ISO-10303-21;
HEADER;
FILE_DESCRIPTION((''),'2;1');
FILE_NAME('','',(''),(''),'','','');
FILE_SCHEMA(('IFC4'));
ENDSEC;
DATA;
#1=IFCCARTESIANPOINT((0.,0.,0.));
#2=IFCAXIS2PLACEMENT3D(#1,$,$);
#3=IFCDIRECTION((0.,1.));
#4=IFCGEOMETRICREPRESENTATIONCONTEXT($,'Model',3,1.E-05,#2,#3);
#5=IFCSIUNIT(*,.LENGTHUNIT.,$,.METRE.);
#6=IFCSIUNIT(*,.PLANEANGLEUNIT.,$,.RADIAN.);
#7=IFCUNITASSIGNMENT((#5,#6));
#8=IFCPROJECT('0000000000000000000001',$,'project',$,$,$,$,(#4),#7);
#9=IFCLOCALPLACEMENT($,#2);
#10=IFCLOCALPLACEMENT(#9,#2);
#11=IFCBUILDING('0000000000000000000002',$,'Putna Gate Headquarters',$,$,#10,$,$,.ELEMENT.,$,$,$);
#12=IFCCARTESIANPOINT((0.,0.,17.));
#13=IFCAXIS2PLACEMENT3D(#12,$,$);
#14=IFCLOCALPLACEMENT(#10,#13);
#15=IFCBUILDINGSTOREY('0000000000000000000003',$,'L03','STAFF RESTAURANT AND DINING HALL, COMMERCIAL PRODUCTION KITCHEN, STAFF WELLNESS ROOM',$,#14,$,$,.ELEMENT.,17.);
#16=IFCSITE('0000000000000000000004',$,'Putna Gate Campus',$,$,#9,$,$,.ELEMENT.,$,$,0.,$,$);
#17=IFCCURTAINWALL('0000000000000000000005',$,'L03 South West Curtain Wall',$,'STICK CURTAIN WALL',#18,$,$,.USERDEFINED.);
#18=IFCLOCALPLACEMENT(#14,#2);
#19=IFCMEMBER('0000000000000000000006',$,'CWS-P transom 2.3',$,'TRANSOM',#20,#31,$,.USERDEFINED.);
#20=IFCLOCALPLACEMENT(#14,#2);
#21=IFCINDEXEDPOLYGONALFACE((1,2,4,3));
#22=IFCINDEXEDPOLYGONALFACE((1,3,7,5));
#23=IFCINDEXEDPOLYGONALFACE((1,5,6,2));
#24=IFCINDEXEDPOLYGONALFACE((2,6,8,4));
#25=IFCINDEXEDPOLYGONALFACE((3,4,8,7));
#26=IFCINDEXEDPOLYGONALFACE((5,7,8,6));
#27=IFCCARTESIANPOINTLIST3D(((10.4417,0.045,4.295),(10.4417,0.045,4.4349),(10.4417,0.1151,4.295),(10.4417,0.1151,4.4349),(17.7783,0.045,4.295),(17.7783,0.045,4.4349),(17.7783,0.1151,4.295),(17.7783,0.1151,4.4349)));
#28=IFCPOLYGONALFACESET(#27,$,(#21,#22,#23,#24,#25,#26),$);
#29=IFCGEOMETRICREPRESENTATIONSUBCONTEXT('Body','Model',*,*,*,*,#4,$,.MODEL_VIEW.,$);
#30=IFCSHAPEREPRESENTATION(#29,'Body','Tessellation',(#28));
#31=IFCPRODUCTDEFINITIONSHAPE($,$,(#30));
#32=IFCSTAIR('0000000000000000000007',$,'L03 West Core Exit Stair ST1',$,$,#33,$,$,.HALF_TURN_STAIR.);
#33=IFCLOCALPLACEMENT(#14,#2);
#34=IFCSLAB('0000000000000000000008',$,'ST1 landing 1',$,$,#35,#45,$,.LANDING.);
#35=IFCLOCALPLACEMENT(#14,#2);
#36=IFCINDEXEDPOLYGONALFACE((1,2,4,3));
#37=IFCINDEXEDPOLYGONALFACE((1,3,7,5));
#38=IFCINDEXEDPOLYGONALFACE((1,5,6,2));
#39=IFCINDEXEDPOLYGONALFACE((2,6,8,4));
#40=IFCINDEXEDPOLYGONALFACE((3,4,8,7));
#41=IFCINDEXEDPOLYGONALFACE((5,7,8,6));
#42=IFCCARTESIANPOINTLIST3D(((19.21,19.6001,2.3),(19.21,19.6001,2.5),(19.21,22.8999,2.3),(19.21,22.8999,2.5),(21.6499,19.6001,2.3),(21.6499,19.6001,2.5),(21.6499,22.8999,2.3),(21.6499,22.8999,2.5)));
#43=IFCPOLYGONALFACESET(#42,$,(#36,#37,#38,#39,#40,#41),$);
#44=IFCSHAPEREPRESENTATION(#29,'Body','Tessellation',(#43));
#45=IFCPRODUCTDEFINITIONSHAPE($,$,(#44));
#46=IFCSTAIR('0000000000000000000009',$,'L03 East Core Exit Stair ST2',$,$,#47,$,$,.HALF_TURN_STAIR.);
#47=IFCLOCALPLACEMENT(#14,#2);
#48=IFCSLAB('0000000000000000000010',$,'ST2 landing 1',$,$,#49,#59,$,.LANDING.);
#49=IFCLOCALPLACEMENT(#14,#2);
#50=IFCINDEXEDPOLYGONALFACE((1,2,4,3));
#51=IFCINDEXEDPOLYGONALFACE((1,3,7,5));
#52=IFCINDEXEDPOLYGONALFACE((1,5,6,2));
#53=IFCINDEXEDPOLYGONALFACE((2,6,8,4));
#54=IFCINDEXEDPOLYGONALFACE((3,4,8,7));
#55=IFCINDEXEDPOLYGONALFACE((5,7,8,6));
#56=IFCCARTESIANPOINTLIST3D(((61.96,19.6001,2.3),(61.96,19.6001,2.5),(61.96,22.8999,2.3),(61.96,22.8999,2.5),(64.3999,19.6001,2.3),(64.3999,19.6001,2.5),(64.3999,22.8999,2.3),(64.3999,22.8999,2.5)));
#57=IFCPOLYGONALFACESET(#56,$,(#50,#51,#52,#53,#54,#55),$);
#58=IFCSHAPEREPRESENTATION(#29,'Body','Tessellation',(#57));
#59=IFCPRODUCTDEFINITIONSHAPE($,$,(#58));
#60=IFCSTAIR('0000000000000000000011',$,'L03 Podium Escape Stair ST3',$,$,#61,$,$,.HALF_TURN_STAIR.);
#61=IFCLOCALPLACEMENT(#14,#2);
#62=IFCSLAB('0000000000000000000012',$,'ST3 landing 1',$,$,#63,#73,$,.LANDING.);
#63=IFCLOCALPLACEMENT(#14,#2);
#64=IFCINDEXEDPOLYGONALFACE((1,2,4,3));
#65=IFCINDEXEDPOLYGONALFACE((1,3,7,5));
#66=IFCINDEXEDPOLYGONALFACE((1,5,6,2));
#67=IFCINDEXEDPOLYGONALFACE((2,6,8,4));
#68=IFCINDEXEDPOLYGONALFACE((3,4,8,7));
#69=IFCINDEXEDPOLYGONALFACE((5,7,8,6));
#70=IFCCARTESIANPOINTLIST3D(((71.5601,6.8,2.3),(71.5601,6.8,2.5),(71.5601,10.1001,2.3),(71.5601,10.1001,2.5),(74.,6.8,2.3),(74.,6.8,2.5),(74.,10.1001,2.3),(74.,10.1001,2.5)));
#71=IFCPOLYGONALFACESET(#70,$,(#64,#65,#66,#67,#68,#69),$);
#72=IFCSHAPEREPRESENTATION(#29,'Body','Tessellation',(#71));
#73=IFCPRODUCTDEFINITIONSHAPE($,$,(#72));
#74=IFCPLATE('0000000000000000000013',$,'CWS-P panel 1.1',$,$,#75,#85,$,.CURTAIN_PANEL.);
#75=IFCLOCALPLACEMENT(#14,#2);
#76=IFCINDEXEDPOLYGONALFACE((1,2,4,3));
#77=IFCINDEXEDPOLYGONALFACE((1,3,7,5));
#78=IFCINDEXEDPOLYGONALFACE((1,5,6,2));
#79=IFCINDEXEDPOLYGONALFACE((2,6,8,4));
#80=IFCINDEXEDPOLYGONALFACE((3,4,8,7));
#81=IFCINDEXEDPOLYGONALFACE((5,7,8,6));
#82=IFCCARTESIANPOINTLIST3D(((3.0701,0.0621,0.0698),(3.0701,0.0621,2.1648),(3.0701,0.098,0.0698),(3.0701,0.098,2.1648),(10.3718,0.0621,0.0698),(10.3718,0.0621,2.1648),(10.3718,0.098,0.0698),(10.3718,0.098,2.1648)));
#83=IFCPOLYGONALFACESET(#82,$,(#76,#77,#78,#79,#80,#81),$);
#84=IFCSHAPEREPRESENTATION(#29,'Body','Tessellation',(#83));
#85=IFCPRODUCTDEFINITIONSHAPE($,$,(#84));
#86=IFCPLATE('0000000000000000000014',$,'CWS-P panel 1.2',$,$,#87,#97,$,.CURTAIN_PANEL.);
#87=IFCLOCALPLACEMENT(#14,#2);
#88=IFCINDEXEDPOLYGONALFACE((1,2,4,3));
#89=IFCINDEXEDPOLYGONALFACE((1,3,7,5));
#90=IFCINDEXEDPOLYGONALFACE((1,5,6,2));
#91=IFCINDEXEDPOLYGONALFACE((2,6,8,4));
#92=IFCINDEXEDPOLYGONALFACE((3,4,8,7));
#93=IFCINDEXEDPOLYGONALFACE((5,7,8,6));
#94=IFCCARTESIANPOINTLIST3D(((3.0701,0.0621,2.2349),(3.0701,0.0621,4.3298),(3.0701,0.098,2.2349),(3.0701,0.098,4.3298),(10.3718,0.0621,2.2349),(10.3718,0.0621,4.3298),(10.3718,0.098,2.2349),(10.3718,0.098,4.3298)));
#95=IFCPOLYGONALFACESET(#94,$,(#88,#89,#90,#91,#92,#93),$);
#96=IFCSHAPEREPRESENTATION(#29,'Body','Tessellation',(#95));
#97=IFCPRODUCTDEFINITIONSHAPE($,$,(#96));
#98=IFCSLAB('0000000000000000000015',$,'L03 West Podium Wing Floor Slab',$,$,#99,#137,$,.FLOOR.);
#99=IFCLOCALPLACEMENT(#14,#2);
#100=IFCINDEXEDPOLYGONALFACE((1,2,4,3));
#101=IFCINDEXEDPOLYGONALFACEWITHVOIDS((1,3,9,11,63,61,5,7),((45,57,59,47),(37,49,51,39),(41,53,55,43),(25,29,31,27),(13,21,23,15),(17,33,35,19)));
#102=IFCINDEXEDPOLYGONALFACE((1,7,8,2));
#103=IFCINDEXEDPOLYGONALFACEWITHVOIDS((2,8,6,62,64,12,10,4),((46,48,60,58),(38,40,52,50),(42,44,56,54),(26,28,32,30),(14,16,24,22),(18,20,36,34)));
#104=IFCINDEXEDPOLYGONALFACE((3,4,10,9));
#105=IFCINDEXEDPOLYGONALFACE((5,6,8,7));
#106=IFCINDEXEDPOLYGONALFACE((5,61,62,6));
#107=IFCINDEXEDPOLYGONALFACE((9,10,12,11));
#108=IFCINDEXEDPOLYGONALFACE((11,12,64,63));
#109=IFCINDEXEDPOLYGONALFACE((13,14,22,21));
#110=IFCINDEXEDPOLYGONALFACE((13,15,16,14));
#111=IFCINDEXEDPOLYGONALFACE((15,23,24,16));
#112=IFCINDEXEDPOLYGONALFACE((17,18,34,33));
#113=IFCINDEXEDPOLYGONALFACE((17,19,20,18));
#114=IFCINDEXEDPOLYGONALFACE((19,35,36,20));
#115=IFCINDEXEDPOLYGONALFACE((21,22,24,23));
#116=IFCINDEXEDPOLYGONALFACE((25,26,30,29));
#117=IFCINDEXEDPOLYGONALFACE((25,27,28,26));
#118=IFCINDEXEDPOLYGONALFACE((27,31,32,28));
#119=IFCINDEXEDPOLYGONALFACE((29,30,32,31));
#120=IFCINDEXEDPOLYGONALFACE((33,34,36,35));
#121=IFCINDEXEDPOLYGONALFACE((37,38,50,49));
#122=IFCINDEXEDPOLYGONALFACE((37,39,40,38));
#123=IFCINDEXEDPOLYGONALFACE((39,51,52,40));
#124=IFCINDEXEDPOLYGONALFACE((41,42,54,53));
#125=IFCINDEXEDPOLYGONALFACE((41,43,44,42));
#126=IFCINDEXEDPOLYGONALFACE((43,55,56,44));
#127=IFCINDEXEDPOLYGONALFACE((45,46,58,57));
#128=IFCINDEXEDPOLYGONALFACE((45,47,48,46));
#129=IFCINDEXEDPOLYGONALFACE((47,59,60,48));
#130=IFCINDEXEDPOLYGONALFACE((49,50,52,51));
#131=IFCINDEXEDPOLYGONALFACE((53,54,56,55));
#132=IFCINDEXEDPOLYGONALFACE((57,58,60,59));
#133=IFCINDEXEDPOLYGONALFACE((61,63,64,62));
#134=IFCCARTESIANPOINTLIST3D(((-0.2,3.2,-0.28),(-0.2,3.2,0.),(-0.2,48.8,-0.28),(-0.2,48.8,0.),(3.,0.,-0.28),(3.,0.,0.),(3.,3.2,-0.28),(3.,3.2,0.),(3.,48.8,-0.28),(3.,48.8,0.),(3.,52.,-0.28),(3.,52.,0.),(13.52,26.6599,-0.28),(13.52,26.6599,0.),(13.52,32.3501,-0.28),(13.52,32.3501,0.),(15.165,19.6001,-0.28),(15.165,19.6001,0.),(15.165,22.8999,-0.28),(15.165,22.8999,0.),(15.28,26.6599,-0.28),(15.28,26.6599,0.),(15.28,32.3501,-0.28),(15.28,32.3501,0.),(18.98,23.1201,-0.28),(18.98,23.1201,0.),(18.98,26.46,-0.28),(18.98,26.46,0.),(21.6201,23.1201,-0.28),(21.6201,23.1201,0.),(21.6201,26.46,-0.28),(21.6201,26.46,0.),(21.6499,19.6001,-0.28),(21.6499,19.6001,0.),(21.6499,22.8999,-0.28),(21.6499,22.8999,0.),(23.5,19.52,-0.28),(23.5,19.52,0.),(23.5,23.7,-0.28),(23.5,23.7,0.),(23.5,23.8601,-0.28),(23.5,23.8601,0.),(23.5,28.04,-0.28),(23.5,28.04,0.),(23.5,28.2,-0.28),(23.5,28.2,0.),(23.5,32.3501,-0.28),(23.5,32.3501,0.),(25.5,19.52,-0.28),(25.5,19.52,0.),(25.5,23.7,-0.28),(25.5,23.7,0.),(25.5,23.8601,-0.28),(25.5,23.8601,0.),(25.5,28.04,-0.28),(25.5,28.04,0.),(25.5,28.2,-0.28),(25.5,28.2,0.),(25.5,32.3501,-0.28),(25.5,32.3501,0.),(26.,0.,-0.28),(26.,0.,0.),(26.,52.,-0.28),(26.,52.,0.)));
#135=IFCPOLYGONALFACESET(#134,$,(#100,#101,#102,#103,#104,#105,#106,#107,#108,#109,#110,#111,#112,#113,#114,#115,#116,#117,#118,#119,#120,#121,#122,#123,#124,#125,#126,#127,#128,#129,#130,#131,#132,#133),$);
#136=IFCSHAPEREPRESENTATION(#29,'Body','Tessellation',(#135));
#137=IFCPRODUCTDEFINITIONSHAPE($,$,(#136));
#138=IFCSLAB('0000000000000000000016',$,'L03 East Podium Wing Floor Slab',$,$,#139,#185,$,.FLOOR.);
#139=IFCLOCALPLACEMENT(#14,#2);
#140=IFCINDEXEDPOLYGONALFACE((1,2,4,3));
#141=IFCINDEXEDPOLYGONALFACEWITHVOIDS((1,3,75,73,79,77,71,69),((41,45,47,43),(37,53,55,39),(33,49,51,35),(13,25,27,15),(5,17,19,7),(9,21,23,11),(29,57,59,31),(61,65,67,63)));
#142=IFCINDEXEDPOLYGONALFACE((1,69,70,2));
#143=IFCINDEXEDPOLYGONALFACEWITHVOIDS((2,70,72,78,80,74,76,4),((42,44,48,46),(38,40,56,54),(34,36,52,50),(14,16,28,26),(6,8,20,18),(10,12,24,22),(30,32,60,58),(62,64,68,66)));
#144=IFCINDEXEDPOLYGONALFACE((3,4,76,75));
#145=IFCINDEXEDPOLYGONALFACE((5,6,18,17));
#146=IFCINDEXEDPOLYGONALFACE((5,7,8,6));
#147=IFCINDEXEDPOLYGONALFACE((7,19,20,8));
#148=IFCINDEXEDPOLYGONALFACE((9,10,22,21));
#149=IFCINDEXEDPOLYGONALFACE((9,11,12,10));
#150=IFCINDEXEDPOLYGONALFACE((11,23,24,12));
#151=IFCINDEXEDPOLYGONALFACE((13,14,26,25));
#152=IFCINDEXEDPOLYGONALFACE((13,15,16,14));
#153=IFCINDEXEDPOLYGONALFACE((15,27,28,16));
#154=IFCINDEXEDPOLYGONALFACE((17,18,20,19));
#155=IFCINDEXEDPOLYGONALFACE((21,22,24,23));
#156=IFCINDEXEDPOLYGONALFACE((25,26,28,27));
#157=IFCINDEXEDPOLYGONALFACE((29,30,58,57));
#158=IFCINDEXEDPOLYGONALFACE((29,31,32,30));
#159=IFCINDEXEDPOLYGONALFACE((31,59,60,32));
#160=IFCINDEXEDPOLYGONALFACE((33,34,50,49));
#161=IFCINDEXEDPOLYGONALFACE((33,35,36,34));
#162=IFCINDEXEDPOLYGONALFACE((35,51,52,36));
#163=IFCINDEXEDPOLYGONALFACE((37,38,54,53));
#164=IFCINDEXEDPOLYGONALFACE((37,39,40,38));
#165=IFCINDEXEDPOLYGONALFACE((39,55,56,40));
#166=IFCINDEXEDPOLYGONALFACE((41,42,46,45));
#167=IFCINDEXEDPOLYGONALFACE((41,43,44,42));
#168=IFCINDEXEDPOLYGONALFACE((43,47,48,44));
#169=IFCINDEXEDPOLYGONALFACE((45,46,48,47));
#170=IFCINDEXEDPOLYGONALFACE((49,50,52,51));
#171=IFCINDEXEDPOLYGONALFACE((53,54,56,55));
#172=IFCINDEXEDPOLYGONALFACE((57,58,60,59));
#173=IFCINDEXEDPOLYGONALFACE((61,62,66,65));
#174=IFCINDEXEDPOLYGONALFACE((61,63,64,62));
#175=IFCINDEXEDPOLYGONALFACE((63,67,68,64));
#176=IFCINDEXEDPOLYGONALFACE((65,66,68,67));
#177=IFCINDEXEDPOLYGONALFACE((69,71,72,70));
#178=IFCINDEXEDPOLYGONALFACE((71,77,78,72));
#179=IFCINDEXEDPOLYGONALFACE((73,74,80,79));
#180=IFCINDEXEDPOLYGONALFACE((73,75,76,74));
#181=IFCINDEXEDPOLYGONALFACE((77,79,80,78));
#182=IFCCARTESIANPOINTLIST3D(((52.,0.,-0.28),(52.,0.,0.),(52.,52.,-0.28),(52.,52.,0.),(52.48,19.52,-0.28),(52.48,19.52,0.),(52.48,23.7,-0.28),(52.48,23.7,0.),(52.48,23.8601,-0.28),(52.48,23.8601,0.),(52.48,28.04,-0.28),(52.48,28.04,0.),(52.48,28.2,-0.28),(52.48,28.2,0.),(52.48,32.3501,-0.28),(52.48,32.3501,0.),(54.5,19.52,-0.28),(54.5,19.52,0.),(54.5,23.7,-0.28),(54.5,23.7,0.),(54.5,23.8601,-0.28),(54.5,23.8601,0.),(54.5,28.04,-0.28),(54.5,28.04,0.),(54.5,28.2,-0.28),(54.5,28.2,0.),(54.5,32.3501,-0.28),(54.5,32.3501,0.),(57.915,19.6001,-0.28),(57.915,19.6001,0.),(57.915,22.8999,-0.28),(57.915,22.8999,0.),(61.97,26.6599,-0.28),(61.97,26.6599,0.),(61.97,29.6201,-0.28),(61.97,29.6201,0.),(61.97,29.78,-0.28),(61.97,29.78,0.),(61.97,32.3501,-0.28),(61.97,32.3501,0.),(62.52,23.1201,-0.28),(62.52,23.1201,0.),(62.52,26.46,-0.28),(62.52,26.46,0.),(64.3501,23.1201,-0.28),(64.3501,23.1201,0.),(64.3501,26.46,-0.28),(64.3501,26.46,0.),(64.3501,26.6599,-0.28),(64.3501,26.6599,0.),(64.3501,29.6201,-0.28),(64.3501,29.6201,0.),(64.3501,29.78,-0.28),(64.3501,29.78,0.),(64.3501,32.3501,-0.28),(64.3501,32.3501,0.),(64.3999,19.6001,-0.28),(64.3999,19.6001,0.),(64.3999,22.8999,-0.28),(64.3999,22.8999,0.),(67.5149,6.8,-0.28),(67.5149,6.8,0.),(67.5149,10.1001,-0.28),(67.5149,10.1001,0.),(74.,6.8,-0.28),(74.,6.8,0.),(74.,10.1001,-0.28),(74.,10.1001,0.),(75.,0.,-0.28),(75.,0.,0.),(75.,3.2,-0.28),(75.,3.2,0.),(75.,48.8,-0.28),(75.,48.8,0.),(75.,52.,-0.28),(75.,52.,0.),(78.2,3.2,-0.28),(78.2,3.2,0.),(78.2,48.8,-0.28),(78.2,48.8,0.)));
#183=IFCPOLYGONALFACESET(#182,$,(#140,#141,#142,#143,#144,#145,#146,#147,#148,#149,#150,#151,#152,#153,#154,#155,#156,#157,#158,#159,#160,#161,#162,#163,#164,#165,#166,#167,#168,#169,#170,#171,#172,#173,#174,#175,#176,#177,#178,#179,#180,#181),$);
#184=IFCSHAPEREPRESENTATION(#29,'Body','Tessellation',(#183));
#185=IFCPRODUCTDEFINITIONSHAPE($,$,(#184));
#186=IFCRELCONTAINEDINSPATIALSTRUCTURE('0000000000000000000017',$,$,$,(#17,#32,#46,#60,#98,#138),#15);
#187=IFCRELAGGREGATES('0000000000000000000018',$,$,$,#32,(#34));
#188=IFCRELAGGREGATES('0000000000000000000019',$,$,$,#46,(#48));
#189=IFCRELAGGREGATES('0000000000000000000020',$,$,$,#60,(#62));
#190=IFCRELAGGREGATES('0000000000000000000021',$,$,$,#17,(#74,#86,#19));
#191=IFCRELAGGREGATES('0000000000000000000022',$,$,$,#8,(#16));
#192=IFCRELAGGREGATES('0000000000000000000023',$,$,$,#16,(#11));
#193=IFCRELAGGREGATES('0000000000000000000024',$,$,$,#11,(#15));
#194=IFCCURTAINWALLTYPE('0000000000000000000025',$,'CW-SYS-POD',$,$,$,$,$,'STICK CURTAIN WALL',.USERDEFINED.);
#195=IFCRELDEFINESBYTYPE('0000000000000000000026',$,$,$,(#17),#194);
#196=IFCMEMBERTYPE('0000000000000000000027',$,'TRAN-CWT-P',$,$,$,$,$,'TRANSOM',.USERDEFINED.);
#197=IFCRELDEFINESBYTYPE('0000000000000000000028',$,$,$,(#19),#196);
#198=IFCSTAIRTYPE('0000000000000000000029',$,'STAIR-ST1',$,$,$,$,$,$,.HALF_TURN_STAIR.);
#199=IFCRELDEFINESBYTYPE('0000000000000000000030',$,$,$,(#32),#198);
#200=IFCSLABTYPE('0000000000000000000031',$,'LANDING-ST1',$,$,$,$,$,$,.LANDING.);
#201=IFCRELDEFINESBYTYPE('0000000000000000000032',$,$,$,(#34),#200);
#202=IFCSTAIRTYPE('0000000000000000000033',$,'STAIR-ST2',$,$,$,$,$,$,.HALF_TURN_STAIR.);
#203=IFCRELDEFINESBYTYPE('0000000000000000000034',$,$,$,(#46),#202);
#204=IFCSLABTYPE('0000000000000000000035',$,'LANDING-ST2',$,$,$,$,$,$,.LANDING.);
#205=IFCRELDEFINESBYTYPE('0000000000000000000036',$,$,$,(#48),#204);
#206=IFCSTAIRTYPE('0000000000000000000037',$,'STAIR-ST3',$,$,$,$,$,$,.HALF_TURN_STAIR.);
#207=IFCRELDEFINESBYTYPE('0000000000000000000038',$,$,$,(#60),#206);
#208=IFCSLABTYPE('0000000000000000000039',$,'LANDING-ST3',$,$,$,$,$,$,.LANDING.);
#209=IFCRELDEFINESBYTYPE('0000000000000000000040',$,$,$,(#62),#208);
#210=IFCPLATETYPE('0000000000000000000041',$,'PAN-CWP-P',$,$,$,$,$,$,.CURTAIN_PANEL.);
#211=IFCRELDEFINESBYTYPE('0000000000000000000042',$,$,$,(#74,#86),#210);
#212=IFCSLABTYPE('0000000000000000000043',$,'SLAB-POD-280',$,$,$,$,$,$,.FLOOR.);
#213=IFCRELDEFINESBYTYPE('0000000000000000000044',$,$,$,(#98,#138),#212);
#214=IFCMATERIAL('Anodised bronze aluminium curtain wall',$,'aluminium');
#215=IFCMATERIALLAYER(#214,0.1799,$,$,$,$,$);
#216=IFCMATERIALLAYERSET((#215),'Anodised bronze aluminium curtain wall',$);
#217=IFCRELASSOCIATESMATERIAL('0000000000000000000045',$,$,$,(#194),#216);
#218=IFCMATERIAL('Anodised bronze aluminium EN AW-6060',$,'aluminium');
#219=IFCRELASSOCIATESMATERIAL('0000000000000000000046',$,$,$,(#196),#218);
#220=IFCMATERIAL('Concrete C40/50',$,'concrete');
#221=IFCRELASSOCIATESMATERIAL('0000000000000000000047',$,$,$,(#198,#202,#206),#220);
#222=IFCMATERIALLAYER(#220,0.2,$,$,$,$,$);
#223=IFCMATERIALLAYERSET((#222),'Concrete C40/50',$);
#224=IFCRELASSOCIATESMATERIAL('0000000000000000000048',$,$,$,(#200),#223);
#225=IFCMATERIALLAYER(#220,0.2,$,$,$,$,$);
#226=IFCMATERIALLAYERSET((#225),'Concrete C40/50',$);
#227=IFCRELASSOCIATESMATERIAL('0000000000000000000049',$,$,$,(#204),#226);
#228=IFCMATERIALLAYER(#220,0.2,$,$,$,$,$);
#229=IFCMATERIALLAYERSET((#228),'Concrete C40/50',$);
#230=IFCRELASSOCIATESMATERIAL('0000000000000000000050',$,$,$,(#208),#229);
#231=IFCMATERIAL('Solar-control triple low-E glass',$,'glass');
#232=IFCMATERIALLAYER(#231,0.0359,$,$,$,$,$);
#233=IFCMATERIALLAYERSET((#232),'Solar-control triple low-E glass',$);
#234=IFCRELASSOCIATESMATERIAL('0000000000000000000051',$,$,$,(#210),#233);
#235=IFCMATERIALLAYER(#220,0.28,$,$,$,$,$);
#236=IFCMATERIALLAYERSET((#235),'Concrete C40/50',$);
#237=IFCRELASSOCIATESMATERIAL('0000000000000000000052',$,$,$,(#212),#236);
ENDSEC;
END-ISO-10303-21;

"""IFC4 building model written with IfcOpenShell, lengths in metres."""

from ifc_helpers import new_model, si_unit, direction, frame, origin, origin_2d, place, context, subcontext, project, spatial, polyline, rectangle, outline, extrude, material, layer, layer_set, material_profile, profile_set, type_object, element, aggregate, save


model = new_model("IFC4")

# Units and contexts
model_context = context("Model", 3, precision=1e-05, world=origin(), true_north=direction((0.0, 1.0)))
body_context = subcontext(model_context, "Body", "Model", "MODEL_VIEW")
ifc_project = project(units=[si_unit("LENGTHUNIT", "METRE"), si_unit("PLANEANGLEUNIT", "RADIAN")], contexts=[model_context])

# Site, building, storey
site_placement = place(None, origin())
site = spatial("IfcSite", under=ifc_project, at=site_placement, Name="Putna Gate Campus", CompositionType="ELEMENT", RefElevation=0.0)
building_placement = place(site_placement, origin())
building = spatial("IfcBuilding", under=site, at=building_placement, Name="Putna Gate Headquarters", CompositionType="ELEMENT")
storey_placement = place(building_placement, frame((0.0, 0.0, 17.0)))
storey = spatial("IfcBuildingStorey", under=building, at=storey_placement, Name="L03", Description="STAFF RESTAURANT AND DINING HALL, COMMERCIAL PRODUCTION KITCHEN, STAFF WELLNESS ROOM", CompositionType="ELEMENT", Elevation=17.0)

# Curtain wall, member
ifc_material_1 = material(Name="Anodised bronze aluminium curtain wall", Category="aluminium")
ifc_layer_1 = layer(ifc_material_1, 0.1799)
ifc_layer_set_1 = layer_set([ifc_layer_1], Name="Anodised bronze aluminium curtain wall")
curtain_wall_type = type_object("IfcCurtainWallType", Name="CW-SYS-POD", ElementType="STICK CURTAIN WALL", PredefinedType="USERDEFINED", material=ifc_layer_set_1)
curtain_wall_placement = place(storey_placement, origin())
curtain_wall = element("IfcCurtainWall", 1, at=curtain_wall_placement, inside=storey, type_object=curtain_wall_type, Name="L03 South West Curtain Wall", ObjectType="STICK CURTAIN WALL", PredefinedType="USERDEFINED")
ifc_material_2 = material(Name="Anodised bronze aluminium EN AW-6060", Category="aluminium")
ifc_material_profile_1 = material_profile(ifc_material_2, rectangle(XDim=0.0701, YDim=0.1399, at=origin_2d()), Name="Anodised bronze aluminium EN AW-6060")
ifc_profile_set_1 = profile_set([ifc_material_profile_1], Name="Anodised bronze aluminium EN AW-6060")
member_type_1 = type_object("IfcMemberType", Name="TRAN-CWT-P", ElementType="TRANSOM", PredefinedType="USERDEFINED", material=ifc_profile_set_1)
member_1_placement = place(storey_placement, frame((10.4417, 0.0801, 4.365), z_axis=(1.0, 0.0, 0.0), x_axis=(0.0, 1.0, 0.0)))
member_1 = element("IfcMember", 2, at=member_1_placement, type_object=member_type_1, Name="CWS-P transom 2.3", ObjectType="TRANSOM", PredefinedType="USERDEFINED", context=body_context, shape_type="SweptSolid", body=[
    extrude(rectangle(XDim=0.0701, YDim=0.1399, at=origin_2d()), origin(), (0.0, 0.0, 1.0), 7.3367),
])

# Stairs, slabs
ifc_material_3 = material(Name="Concrete C40/50", Category="concrete")
stair_type_1 = type_object("IfcStairType", Name="STAIR-ST1", PredefinedType="HALF_TURN_STAIR", material=ifc_material_3)
stair_1_placement = place(storey_placement, origin())
stair_1 = element("IfcStair", 3, at=stair_1_placement, inside=storey, type_object=stair_type_1, Name="L03 West Core Exit Stair ST1", PredefinedType="HALF_TURN_STAIR")
ifc_layer_2 = layer(ifc_material_3, 0.2)
ifc_layer_set_2 = layer_set([ifc_layer_2], Name="Concrete C40/50")
slab_type_1 = type_object("IfcSlabType", Name="LANDING-ST1", PredefinedType="LANDING", material=ifc_layer_set_2)
slab_1_placement = place(storey_placement, frame((0.0, 0.0, 2.3)))
slab_1 = element("IfcSlab", 4, at=slab_1_placement, type_object=slab_type_1, Name="ST1 landing 1", PredefinedType="LANDING", context=body_context, shape_type="SweptSolid", body=[
    extrude(outline(polyline([(19.21, 19.6001), (21.6499, 19.6001), (21.6499, 22.8999), (19.21, 22.8999), (19.21, 19.6001)])), origin(), (0.0, 0.0, 1.0), 0.2),
])
aggregate(stair_1, [slab_1])
stair_type_2 = type_object("IfcStairType", Name="STAIR-ST2", PredefinedType="HALF_TURN_STAIR", material=ifc_material_3)
stair_2_placement = place(storey_placement, origin())
stair_2 = element("IfcStair", 5, at=stair_2_placement, inside=storey, type_object=stair_type_2, Name="L03 East Core Exit Stair ST2", PredefinedType="HALF_TURN_STAIR")
ifc_layer_3 = layer(ifc_material_3, 0.2)
ifc_layer_set_3 = layer_set([ifc_layer_3], Name="Concrete C40/50")
slab_type_2 = type_object("IfcSlabType", Name="LANDING-ST2", PredefinedType="LANDING", material=ifc_layer_set_3)
slab_2_placement = place(storey_placement, frame((0.0, 0.0, 2.3)))
slab_2 = element("IfcSlab", 6, at=slab_2_placement, type_object=slab_type_2, Name="ST2 landing 1", PredefinedType="LANDING", context=body_context, shape_type="SweptSolid", body=[
    extrude(outline(polyline([(61.96, 19.6001), (64.3999, 19.6001), (64.3999, 22.8999), (61.96, 22.8999), (61.96, 19.6001)])), origin(), (0.0, 0.0, 1.0), 0.2),
])
aggregate(stair_2, [slab_2])
stair_type_3 = type_object("IfcStairType", Name="STAIR-ST3", PredefinedType="HALF_TURN_STAIR", material=ifc_material_3)
stair_3_placement = place(storey_placement, origin())
stair_3 = element("IfcStair", 7, at=stair_3_placement, inside=storey, type_object=stair_type_3, Name="L03 Podium Escape Stair ST3", PredefinedType="HALF_TURN_STAIR")
ifc_layer_4 = layer(ifc_material_3, 0.2)
ifc_layer_set_4 = layer_set([ifc_layer_4], Name="Concrete C40/50")
slab_type_3 = type_object("IfcSlabType", Name="LANDING-ST3", PredefinedType="LANDING", material=ifc_layer_set_4)
slab_3_placement = place(storey_placement, frame((0.0, 0.0, 2.3)))
slab_3 = element("IfcSlab", 8, at=slab_3_placement, type_object=slab_type_3, Name="ST3 landing 1", PredefinedType="LANDING", context=body_context, shape_type="SweptSolid", body=[
    extrude(outline(polyline([(71.5601, 6.8), (74.0, 6.8), (74.0, 10.1001), (71.5601, 10.1001), (71.5601, 6.8)])), origin(), (0.0, 0.0, 1.0), 0.2),
])
aggregate(stair_3, [slab_3])

# Plates
ifc_material_4 = material(Name="Solar-control triple low-E glass", Category="glass")
ifc_layer_5 = layer(ifc_material_4, 0.0359)
ifc_layer_set_5 = layer_set([ifc_layer_5], Name="Solar-control triple low-E glass")
plate_type = type_object("IfcPlateType", Name="PAN-CWP-P", PredefinedType="CURTAIN_PANEL", material=ifc_layer_set_5)
plate_1_placement = place(storey_placement, frame((6.7209, 0.0801, 0.0698), z_axis=(0.0, 0.0, 1.0), x_axis=(1.0, 0.0, 0.0)))
plate_1 = element("IfcPlate", 9, at=plate_1_placement, type_object=plate_type, Name="CWS-P panel 1.1", PredefinedType="CURTAIN_PANEL", context=body_context, shape_type="SweptSolid", body=[
    extrude(rectangle(XDim=7.3018, YDim=0.0359, at=origin_2d()), origin(), (0.0, 0.0, 1.0), 2.095),
])
plate_2_placement = place(storey_placement, frame((6.7209, 0.0801, 2.2349), z_axis=(0.0, 0.0, 1.0), x_axis=(1.0, 0.0, 0.0)))
plate_2 = element("IfcPlate", 10, at=plate_2_placement, type_object=plate_type, Name="CWS-P panel 1.2", PredefinedType="CURTAIN_PANEL", context=body_context, shape_type="SweptSolid", body=[
    extrude(rectangle(XDim=7.3018, YDim=0.0359, at=origin_2d()), origin(), (0.0, 0.0, 1.0), 2.095),
])
aggregate(curtain_wall, [plate_1, plate_2, member_1])

# Slabs
ifc_layer_6 = layer(ifc_material_3, 0.28)
ifc_layer_set_6 = layer_set([ifc_layer_6], Name="Concrete C40/50")
slab_type_4 = type_object("IfcSlabType", Name="SLAB-POD-280", PredefinedType="FLOOR", material=ifc_layer_set_6)
slab_4_placement = place(storey_placement, frame((0.0, 0.0, -0.28)))
element("IfcSlab", 11, at=slab_4_placement, inside=storey, type_object=slab_type_4, Name="L03 West Podium Wing Floor Slab", PredefinedType="FLOOR", context=body_context, shape_type="SweptSolid", body=[
    extrude(outline(polyline([(3.0, 0.0), (26.0, 0.0), (26.0, 52.0), (3.0, 52.0), (3.0, 48.8), (-0.2, 48.8), (-0.2, 3.2), (3.0, 3.2), (3.0, 0.0)]), holes=[polyline([(15.165, 19.6001), (21.6499, 19.6001), (21.6499, 22.8999), (15.165, 22.8999), (15.165, 19.6001)]), polyline([(13.52, 26.6599), (15.28, 26.6599), (15.28, 32.3501), (13.52, 32.3501), (13.52, 26.6599)]), polyline([(18.98, 23.1201), (21.6201, 23.1201), (21.6201, 26.46), (18.98, 26.46), (18.98, 23.1201)]), polyline([(23.5, 19.52), (25.5, 19.52), (25.5, 23.7), (23.5, 23.7), (23.5, 19.52)]), polyline([(23.5, 23.8601), (25.5, 23.8601), (25.5, 28.04), (23.5, 28.04), (23.5, 23.8601)]), polyline([(23.5, 28.2), (25.5, 28.2), (25.5, 32.3501), (23.5, 32.3501), (23.5, 28.2)])]), origin(), (0.0, 0.0, 1.0), 0.28),
])
slab_5_placement = place(storey_placement, frame((0.0, 0.0, -0.28)))
element("IfcSlab", 12, at=slab_5_placement, inside=storey, type_object=slab_type_4, Name="L03 East Podium Wing Floor Slab", PredefinedType="FLOOR", context=body_context, shape_type="SweptSolid", body=[
    extrude(outline(polyline([(52.0, 0.0), (75.0, 0.0), (75.0, 3.2), (78.2, 3.2), (78.2, 48.8), (75.0, 48.8), (75.0, 52.0), (52.0, 52.0), (52.0, 0.0)]), holes=[polyline([(57.915, 19.6001), (64.3999, 19.6001), (64.3999, 22.8999), (57.915, 22.8999), (57.915, 19.6001)]), polyline([(67.5149, 6.8), (74.0, 6.8), (74.0, 10.1001), (67.5149, 10.1001), (67.5149, 6.8)]), polyline([(61.97, 29.78), (64.3501, 29.78), (64.3501, 32.3501), (61.97, 32.3501), (61.97, 29.78)]), polyline([(62.52, 23.1201), (64.3501, 23.1201), (64.3501, 26.46), (62.52, 26.46), (62.52, 23.1201)]), polyline([(61.97, 26.6599), (64.3501, 26.6599), (64.3501, 29.6201), (61.97, 29.6201), (61.97, 26.6599)]), polyline([(52.48, 19.52), (54.5, 19.52), (54.5, 23.7), (52.48, 23.7), (52.48, 19.52)]), polyline([(52.48, 23.8601), (54.5, 23.8601), (54.5, 28.04), (52.48, 28.04), (52.48, 23.8601)]), polyline([(52.48, 28.2), (54.5, 28.2), (54.5, 32.3501), (52.48, 32.3501), (52.48, 28.2)])]), origin(), (0.0, 0.0, 1.0), 0.28),
])

save(model, "model.ifc")
